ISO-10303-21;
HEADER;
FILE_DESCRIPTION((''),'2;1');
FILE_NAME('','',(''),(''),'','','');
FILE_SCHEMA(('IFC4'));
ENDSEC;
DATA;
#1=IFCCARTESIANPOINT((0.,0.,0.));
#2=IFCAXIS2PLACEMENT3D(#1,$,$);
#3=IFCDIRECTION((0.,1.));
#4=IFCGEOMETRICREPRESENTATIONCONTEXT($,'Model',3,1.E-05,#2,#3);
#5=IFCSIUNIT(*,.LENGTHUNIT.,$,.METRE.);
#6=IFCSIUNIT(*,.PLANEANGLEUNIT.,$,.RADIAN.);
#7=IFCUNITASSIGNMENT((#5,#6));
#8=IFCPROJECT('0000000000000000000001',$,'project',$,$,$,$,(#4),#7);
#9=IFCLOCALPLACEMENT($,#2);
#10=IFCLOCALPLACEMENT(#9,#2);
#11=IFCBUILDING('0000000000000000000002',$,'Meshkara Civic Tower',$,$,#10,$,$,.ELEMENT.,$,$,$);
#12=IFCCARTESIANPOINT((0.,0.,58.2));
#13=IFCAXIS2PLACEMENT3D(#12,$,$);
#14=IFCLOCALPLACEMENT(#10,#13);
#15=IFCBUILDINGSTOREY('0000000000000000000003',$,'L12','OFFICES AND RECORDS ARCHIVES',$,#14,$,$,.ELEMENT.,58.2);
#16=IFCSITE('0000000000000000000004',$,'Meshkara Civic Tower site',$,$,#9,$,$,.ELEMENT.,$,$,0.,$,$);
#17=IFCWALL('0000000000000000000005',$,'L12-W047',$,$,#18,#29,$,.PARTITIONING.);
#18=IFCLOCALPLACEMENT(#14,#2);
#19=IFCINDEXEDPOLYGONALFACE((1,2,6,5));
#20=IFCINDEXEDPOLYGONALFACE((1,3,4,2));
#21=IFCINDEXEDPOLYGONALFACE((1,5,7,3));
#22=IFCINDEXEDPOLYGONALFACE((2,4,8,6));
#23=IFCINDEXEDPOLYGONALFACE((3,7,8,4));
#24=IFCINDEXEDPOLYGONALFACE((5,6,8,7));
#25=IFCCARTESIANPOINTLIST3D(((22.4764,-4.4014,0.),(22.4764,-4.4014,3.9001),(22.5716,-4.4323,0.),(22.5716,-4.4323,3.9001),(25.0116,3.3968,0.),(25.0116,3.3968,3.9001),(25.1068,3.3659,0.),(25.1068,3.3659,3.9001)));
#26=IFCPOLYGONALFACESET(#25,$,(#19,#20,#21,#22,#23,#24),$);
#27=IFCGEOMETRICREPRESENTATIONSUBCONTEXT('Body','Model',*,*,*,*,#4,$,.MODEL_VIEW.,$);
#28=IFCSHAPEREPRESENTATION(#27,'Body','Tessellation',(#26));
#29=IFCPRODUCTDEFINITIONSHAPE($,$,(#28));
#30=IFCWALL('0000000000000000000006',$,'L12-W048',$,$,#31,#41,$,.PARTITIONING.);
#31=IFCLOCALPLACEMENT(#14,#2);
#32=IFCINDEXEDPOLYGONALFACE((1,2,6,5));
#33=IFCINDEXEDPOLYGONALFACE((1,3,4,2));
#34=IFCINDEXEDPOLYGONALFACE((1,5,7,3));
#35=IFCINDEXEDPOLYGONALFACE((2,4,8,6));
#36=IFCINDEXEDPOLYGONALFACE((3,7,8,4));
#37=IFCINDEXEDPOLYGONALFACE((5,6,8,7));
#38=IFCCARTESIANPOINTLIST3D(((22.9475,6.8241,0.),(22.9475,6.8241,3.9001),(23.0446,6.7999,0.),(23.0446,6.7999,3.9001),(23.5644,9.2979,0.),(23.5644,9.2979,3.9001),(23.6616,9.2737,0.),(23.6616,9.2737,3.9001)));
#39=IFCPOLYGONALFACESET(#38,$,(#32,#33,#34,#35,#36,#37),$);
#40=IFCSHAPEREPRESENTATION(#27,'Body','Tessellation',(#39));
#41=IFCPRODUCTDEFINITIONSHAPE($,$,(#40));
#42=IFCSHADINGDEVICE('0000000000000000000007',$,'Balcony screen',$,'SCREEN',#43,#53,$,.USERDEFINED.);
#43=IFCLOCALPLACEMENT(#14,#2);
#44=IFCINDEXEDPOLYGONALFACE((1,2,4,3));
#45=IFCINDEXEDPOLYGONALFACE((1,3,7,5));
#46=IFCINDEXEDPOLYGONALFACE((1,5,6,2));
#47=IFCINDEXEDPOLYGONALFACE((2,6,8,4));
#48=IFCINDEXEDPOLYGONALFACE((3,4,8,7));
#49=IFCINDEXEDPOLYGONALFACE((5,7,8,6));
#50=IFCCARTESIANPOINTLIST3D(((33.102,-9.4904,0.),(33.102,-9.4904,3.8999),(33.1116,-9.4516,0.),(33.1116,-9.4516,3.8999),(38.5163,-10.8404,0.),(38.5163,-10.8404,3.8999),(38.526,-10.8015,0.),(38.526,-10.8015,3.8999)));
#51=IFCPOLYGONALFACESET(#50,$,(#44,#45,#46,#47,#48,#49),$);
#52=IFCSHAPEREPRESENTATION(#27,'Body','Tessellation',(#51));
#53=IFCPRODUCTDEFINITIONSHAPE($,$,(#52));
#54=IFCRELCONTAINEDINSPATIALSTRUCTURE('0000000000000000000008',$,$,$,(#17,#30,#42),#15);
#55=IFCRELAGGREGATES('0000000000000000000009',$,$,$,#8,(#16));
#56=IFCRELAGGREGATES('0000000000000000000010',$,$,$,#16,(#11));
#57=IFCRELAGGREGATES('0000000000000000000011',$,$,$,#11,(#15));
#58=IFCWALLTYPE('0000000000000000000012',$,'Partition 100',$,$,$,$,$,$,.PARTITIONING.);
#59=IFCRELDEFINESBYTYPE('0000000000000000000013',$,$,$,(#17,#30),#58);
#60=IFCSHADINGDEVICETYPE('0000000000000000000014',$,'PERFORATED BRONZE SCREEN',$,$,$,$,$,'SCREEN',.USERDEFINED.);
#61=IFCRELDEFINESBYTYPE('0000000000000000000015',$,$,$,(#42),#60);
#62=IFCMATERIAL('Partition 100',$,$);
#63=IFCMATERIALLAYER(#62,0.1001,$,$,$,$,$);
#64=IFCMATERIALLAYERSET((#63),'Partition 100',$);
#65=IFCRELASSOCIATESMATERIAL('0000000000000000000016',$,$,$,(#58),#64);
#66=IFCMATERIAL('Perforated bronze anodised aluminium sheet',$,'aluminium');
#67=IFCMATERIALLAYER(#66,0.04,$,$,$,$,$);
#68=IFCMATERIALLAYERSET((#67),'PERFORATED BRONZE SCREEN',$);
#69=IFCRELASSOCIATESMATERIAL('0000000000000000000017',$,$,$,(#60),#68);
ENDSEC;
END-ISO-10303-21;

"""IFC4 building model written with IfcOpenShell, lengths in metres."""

from ifc_helpers import new_model, si_unit, direction, frame, frame_2d, origin, origin_2d, place, context, subcontext, project, spatial, rectangle, extrude, material, layer, layer_set, type_object, element, save


model = new_model("IFC4")

# Units and contexts
model_context = context("Model", 3, precision=1e-05, world=origin(), true_north=direction((0.0, 1.0)))
body_context = subcontext(model_context, "Body", "Model", "MODEL_VIEW")
ifc_project = project(units=[si_unit("LENGTHUNIT", "METRE"), si_unit("PLANEANGLEUNIT", "RADIAN")], contexts=[model_context])

# Site, building, storey
site_placement = place(None, origin())
site = spatial("IfcSite", under=ifc_project, at=site_placement, Name="Meshkara Civic Tower site", CompositionType="ELEMENT", RefElevation=0.0)
building_placement = place(site_placement, origin())
building = spatial("IfcBuilding", under=site, at=building_placement, Name="Meshkara Civic Tower", CompositionType="ELEMENT")
storey_placement = place(building_placement, frame((0.0, 0.0, 58.2)))
storey = spatial("IfcBuildingStorey", under=building, at=storey_placement, Name="L12", Description="OFFICES AND RECORDS ARCHIVES", CompositionType="ELEMENT", Elevation=58.2)

# Walls
ifc_material_1 = material(Name="Partition 100")
ifc_layer_1 = layer(ifc_material_1, 0.1001)
ifc_layer_set_1 = layer_set([ifc_layer_1], Name="Partition 100")
wall_type_1 = type_object("IfcWallType", Name="Partition 100", PredefinedType="PARTITIONING", material=ifc_layer_set_1)
wall_1_placement = place(storey_placement, frame((22.5239, -4.417, 0.0), z_axis=(0.0, 0.0, 1.0), x_axis=(0.309172, 0.951006, 0.0)))
element("IfcWall", 1, at=wall_1_placement, inside=storey, type_object=wall_type_1, Name="L12-W047", PredefinedType="PARTITIONING", context=body_context, shape_type="SweptSolid", body=[
    extrude(rectangle(XDim=8.2, YDim=0.1001, at=frame_2d((4.1001, 0.0))), origin(), (0.0, 0.0, 1.0), 3.9001),
])
wall_2_placement = place(storey_placement, frame((23.613, 9.2859, 0.0), z_axis=(0.0, 0.0, 1.0), x_axis=(-0.241972, -0.970283, 0.0)))
element("IfcWall", 2, at=wall_2_placement, inside=storey, type_object=wall_type_1, Name="L12-W048", PredefinedType="PARTITIONING", context=body_context, shape_type="SweptSolid", body=[
    extrude(rectangle(XDim=2.5496, YDim=0.1001, at=frame_2d((1.2749, 0.0))), origin(), (0.0, 0.0, 1.0), 3.9001),
])

# Shading device
ifc_material_2 = material(Name="Perforated bronze anodised aluminium sheet", Category="aluminium")
ifc_layer_2 = layer(ifc_material_2, 0.04)
ifc_layer_set_2 = layer_set([ifc_layer_2], Name="PERFORATED BRONZE SCREEN")
shading_device_type = type_object("IfcShadingDeviceType", Name="PERFORATED BRONZE SCREEN", ElementType="SCREEN", PredefinedType="USERDEFINED", material=ifc_layer_set_2)
shading_device_placement = place(storey_placement, frame((35.814, -10.146, 0.0), z_axis=(0.0, 0.0, 1.0), x_axis=(0.970296, -0.241922, 0.0)))
element("IfcShadingDevice", 3, at=shading_device_placement, inside=storey, type_object=shading_device_type, Name="Balcony screen", ObjectType="SCREEN", PredefinedType="USERDEFINED", context=body_context, shape_type="SweptSolid", body=[
    extrude(rectangle(XDim=5.5801, YDim=0.04, at=origin_2d()), origin(), (0.0, 0.0, 1.0), 3.8999),
])

save(model, "model.ifc")
